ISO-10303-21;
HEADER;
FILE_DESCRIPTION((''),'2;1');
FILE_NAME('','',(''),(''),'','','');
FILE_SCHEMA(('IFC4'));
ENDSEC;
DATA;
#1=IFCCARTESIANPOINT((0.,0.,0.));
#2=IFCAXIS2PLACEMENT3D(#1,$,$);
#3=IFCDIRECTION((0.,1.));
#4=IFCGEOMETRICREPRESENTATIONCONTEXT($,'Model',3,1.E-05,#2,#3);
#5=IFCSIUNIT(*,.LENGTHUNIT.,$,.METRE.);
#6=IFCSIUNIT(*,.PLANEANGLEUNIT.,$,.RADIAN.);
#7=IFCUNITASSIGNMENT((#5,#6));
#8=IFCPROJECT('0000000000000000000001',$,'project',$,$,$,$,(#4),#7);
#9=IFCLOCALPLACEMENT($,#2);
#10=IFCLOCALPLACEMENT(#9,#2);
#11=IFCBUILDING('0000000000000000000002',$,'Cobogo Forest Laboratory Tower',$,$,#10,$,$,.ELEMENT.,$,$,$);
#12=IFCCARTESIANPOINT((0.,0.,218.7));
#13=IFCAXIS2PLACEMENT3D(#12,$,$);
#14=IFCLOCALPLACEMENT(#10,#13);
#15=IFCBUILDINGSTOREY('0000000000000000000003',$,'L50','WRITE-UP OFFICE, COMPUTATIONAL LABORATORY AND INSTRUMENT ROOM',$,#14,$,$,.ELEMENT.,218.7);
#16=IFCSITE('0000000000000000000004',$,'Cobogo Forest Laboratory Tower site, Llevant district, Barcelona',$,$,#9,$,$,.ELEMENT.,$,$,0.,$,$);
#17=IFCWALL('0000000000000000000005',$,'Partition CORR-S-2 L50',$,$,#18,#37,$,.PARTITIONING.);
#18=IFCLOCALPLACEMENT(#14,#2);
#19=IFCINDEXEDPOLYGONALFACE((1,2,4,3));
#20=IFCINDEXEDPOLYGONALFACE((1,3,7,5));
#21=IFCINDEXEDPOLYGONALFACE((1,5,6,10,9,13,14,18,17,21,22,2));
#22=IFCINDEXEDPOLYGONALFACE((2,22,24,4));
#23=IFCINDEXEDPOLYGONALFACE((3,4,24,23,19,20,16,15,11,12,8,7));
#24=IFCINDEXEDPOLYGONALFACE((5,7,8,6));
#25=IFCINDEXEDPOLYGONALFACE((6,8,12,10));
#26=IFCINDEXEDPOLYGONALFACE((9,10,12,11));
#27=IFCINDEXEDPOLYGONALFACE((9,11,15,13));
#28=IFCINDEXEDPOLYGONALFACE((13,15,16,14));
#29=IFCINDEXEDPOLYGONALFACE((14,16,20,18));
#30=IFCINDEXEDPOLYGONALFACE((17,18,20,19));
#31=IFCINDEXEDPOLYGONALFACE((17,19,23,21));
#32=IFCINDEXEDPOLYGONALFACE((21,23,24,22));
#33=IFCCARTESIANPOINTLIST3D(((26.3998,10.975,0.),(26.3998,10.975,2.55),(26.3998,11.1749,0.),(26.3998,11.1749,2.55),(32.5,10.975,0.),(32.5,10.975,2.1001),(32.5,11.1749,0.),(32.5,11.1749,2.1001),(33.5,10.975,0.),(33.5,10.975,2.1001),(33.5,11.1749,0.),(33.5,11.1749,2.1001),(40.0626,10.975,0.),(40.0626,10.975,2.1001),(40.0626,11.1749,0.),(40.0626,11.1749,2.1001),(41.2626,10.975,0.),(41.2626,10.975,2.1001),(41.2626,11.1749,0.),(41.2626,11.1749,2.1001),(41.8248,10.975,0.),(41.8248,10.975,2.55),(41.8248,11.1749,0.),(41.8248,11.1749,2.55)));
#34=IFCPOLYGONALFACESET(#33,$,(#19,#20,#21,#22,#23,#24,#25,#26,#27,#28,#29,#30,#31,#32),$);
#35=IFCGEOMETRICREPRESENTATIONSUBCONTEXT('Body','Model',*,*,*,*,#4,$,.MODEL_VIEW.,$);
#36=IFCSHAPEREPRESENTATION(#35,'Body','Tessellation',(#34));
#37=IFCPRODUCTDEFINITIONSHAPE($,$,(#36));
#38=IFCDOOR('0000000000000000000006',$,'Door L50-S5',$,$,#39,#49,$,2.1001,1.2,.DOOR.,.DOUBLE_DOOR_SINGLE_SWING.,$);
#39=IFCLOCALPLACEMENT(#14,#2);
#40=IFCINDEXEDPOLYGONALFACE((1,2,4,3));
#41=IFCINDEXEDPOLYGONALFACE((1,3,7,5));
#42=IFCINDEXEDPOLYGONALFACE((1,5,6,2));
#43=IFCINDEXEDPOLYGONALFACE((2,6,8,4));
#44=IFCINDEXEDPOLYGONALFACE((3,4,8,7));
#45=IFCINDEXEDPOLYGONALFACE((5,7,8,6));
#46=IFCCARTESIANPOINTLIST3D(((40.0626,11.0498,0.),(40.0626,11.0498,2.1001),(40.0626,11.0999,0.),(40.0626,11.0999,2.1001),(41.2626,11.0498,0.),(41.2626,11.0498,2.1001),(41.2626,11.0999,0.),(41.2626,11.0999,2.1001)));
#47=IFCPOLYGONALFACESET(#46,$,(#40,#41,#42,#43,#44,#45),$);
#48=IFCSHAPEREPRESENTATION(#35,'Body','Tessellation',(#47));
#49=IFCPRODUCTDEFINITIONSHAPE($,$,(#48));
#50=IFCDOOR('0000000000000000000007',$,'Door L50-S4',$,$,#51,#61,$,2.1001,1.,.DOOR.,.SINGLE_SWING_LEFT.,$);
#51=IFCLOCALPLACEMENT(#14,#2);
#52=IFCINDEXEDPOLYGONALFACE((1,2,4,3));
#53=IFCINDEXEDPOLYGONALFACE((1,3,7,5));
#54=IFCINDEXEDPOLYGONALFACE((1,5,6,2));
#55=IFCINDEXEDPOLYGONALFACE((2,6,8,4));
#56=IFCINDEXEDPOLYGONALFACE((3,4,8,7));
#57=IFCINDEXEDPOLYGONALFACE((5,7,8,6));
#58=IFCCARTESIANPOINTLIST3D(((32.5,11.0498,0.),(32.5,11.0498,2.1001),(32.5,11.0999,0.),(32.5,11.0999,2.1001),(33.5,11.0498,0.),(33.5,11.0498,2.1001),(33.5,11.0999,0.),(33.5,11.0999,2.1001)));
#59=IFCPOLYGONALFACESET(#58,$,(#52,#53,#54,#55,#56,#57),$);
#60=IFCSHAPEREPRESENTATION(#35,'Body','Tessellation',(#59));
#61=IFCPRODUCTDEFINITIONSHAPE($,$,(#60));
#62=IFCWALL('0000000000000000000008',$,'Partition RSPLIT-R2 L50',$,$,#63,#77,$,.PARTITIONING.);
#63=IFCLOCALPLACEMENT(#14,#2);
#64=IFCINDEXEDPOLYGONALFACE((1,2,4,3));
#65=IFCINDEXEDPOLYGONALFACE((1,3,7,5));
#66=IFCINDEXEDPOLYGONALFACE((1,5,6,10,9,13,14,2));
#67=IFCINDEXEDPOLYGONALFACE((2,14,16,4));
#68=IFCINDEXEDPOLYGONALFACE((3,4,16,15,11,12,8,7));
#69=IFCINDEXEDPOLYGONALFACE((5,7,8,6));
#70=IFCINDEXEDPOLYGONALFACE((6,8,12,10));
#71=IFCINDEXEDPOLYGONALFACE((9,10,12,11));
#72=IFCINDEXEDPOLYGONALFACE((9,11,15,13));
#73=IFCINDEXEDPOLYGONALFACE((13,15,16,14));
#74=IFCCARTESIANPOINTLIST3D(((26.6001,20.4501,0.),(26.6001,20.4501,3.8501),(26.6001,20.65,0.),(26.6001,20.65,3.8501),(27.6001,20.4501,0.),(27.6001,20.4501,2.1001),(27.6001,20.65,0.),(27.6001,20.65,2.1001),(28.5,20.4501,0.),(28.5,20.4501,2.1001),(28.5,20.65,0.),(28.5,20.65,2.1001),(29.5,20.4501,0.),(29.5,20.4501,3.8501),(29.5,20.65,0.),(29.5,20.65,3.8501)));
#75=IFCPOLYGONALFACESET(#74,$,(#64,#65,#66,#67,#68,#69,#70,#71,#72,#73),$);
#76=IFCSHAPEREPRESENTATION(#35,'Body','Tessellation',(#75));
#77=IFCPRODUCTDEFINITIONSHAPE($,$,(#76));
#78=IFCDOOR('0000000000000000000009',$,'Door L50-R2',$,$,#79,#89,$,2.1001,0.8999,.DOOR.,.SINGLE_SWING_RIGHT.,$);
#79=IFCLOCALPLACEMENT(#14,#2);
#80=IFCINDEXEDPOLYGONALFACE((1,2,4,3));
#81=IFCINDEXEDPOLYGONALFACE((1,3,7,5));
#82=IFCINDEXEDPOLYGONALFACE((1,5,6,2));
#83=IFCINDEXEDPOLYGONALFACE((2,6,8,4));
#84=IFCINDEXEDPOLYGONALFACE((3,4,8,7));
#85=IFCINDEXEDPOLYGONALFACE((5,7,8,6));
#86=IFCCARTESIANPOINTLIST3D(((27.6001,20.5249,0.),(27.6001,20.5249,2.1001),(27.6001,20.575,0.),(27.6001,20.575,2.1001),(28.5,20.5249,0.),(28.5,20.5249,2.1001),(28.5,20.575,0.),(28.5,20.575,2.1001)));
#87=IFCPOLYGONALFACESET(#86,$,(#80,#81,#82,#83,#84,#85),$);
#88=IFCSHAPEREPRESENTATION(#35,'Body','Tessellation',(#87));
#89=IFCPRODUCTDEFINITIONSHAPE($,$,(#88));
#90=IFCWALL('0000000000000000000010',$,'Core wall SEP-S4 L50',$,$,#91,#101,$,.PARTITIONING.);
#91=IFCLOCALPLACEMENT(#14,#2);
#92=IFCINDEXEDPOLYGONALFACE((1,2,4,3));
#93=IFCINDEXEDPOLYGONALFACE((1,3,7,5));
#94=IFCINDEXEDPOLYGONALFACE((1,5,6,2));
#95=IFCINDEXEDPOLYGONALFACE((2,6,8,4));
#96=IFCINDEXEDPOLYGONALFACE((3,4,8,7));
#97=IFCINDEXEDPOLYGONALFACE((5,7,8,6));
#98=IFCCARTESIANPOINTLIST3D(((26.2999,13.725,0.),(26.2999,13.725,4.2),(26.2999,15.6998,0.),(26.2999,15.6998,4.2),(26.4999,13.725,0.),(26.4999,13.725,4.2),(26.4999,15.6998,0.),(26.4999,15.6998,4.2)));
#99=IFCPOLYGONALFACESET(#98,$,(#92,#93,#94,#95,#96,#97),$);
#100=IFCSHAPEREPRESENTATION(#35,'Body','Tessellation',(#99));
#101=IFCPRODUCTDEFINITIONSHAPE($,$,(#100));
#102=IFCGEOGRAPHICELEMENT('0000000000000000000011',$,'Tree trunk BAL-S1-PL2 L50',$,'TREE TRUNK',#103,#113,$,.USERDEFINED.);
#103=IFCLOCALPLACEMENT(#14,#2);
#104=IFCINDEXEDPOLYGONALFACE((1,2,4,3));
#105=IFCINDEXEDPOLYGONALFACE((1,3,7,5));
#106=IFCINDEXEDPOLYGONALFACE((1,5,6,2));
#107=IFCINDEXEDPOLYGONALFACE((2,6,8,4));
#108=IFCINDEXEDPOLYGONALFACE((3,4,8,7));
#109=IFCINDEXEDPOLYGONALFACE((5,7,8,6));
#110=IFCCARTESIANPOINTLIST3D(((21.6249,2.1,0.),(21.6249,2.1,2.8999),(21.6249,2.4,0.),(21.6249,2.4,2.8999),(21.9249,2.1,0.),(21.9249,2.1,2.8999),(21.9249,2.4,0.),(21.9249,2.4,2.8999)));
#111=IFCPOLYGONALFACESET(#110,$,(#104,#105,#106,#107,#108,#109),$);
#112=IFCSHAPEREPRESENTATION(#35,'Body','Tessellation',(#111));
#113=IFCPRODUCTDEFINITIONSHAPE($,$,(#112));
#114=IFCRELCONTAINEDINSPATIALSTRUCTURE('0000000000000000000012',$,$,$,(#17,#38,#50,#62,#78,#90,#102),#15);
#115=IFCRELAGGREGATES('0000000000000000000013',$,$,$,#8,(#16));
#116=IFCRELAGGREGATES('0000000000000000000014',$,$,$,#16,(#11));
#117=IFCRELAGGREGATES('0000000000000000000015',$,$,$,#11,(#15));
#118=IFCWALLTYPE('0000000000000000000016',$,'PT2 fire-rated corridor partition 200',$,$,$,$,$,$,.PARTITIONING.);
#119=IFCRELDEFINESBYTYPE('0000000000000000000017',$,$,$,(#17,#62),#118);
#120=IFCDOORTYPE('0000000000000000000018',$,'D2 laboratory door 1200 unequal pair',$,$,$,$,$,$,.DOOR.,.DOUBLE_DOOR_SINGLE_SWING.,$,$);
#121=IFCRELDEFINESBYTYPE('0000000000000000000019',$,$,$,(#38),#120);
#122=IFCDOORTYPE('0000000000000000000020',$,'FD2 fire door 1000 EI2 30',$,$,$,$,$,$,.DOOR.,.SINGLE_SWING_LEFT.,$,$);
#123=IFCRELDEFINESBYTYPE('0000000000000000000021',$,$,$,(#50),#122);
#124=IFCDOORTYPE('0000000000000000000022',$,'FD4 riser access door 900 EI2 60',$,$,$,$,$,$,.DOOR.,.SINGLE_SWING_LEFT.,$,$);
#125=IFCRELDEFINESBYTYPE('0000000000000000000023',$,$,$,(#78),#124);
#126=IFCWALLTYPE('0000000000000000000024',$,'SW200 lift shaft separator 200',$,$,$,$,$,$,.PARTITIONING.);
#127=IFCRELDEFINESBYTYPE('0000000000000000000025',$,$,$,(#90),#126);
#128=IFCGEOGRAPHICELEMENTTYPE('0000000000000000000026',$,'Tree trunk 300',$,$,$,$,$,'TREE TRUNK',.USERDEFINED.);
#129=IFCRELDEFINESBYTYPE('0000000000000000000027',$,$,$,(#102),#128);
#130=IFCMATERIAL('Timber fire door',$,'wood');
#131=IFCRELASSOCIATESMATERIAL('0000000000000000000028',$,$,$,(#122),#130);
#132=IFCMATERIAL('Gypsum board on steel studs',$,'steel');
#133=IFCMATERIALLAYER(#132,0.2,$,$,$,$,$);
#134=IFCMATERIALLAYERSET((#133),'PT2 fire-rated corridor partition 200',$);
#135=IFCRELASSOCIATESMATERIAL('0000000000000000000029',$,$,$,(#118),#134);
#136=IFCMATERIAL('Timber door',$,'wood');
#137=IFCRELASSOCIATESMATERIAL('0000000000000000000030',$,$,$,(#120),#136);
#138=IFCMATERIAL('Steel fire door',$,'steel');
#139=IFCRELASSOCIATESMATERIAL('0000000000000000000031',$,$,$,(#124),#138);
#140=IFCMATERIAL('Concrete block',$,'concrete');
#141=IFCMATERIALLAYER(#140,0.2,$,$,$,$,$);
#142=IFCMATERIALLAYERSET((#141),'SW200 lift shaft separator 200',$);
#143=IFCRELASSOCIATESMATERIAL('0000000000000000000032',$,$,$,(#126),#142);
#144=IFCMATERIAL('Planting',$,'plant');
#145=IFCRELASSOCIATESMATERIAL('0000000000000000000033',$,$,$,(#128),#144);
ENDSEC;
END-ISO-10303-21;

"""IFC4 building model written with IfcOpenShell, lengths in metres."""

from ifc_helpers import new_model, si_unit, direction, frame, frame_2d, origin, origin_2d, place, context, subcontext, project, spatial, rectangle, extrude, material, layer, layer_set, type_object, element, fill, save


model = new_model("IFC4")

# Units and contexts
model_context = context("Model", 3, precision=1e-05, world=origin(), true_north=direction((0.0, 1.0)))
body_context = subcontext(model_context, "Body", "Model", "MODEL_VIEW")
ifc_project = project(units=[si_unit("LENGTHUNIT", "METRE"), si_unit("PLANEANGLEUNIT", "RADIAN")], contexts=[model_context])

# Site, building, storey
site_placement = place(None, origin())
site = spatial("IfcSite", under=ifc_project, at=site_placement, Name="Cobogo Forest Laboratory Tower site, Llevant district, Barcelona", CompositionType="ELEMENT", RefElevation=0.0)
building_placement = place(site_placement, origin())
building = spatial("IfcBuilding", under=site, at=building_placement, Name="Cobogo Forest Laboratory Tower", CompositionType="ELEMENT")
storey_placement = place(building_placement, frame((0.0, 0.0, 218.7)))
storey = spatial("IfcBuildingStorey", under=building, at=storey_placement, Name="L50", Description="WRITE-UP OFFICE, COMPUTATIONAL LABORATORY AND INSTRUMENT ROOM", CompositionType="ELEMENT", Elevation=218.7)

# Shared definitions
ifc_material_1 = material(Name="Gypsum board on steel studs", Category="steel")
ifc_material_2 = material(Name="Timber fire door", Category="wood")
door_type_1 = type_object("IfcDoorType", Name="FD2 fire door 1000 EI2 30", OperationType="SINGLE_SWING_LEFT", PredefinedType="DOOR", material=ifc_material_2)

# Wall, openings, doors
ifc_layer_1 = layer(ifc_material_1, 0.2)
ifc_layer_set_1 = layer_set([ifc_layer_1], Name="PT2 fire-rated corridor partition 200")
wall_type_1 = type_object("IfcWallType", Name="PT2 fire-rated corridor partition 200", PredefinedType="PARTITIONING", material=ifc_layer_set_1)
wall_1_placement = place(storey_placement, frame((26.3999, 11.075, 0.0), z_axis=(0.0, 0.0, 1.0), x_axis=(1.0, 0.0, 0.0)))
wall_1 = element("IfcWall", 1, at=wall_1_placement, inside=storey, type_object=wall_type_1, Name="Partition CORR-S-2 L50", PredefinedType="PARTITIONING", context=body_context, shape_type="SweptSolid", body=[
    extrude(rectangle(XDim=15.425, YDim=0.2, at=frame_2d((7.7124, 0.0))), origin(), (0.0, 0.0, 1.0), 2.55),
])
opening_1_placement = place(wall_1_placement, frame((6.1001, 0.0, 0.0)))
opening_1 = element("IfcOpeningElement", 2, at=opening_1_placement, cuts=wall_1, PredefinedType="OPENING", context=body_context, shape_type="SweptSolid", body=[
    extrude(rectangle(XDim=1.0, YDim=2.1001, at=frame_2d((0.5, 1.05))), frame((0.0, 0.1099, 0.0), z_axis=(0.0, -1.0, 0.0), x_axis=(1.0, 0.0, 0.0)), (0.0, 0.0, 1.0), 0.22),
])
opening_2_placement = place(wall_1_placement, frame((13.6626, 0.0, 0.0)))
opening_2 = element("IfcOpeningElement", 3, at=opening_2_placement, cuts=wall_1, PredefinedType="OPENING", context=body_context, shape_type="SweptSolid", body=[
    extrude(rectangle(XDim=1.2, YDim=2.1001, at=frame_2d((0.6001, 1.05))), frame((0.0, 0.1099, 0.0), z_axis=(0.0, -1.0, 0.0), x_axis=(1.0, 0.0, 0.0)), (0.0, 0.0, 1.0), 0.22),
])
ifc_material_3 = material(Name="Timber door", Category="wood")
door_type_2 = type_object("IfcDoorType", Name="D2 laboratory door 1200 unequal pair", OperationType="DOUBLE_DOOR_SINGLE_SWING", PredefinedType="DOOR", material=ifc_material_3)
door_1_placement = place(opening_2_placement, origin())
door_1 = element("IfcDoor", 4, at=door_1_placement, inside=storey, type_object=door_type_2, Name="Door L50-S5", OperationType="DOUBLE_DOOR_SINGLE_SWING", OverallHeight=2.1001, OverallWidth=1.2, PredefinedType="DOOR", context=body_context, shape_type="SweptSolid", body=[
    extrude(rectangle(XDim=1.2, YDim=2.1001, at=frame_2d((0.6001, 1.05))), frame((0.0, 0.0249, 0.0), z_axis=(0.0, -1.0, 0.0), x_axis=(1.0, 0.0, 0.0)), (0.0, 0.0, 1.0), 0.05),
])
fill(opening_2, door_1)
door_2_placement = place(opening_1_placement, origin())
door_2 = element("IfcDoor", 5, at=door_2_placement, inside=storey, type_object=door_type_1, Name="Door L50-S4", OperationType="SINGLE_SWING_LEFT", OverallHeight=2.1001, OverallWidth=1.0, PredefinedType="DOOR", context=body_context, shape_type="SweptSolid", body=[
    extrude(rectangle(XDim=1.0, YDim=2.1001, at=frame_2d((0.5, 1.05))), frame((0.0, 0.0249, 0.0), z_axis=(0.0, -1.0, 0.0), x_axis=(1.0, 0.0, 0.0)), (0.0, 0.0, 1.0), 0.05),
])
fill(opening_1, door_2)

# Wall, opening, door
wall_2_placement = place(storey_placement, frame((26.6001, 20.55, 0.0), z_axis=(0.0, 0.0, 1.0), x_axis=(1.0, 0.0, 0.0)))
wall_2 = element("IfcWall", 6, at=wall_2_placement, inside=storey, type_object=wall_type_1, Name="Partition RSPLIT-R2 L50", PredefinedType="PARTITIONING", context=body_context, shape_type="SweptSolid", body=[
    extrude(rectangle(XDim=2.8999, YDim=0.2, at=frame_2d((1.45, 0.0))), origin(), (0.0, 0.0, 1.0), 3.8501),
])
opening_3_placement = place(wall_2_placement, frame((1.0, 0.0, 0.0)))
opening_3 = element("IfcOpeningElement", 7, at=opening_3_placement, cuts=wall_2, PredefinedType="OPENING", context=body_context, shape_type="SweptSolid", body=[
    extrude(rectangle(XDim=0.8999, YDim=2.1001, at=frame_2d((0.45, 1.05))), frame((0.0, 0.1099, 0.0), z_axis=(0.0, -1.0, 0.0), x_axis=(1.0, 0.0, 0.0)), (0.0, 0.0, 1.0), 0.22),
])
ifc_material_4 = material(Name="Steel fire door", Category="steel")
door_type_3 = type_object("IfcDoorType", Name="FD4 riser access door 900 EI2 60", OperationType="SINGLE_SWING_LEFT", PredefinedType="DOOR", material=ifc_material_4)
door_3_placement = place(opening_3_placement, origin())
door_3 = element("IfcDoor", 8, at=door_3_placement, inside=storey, type_object=door_type_3, Name="Door L50-R2", OperationType="SINGLE_SWING_RIGHT", OverallHeight=2.1001, OverallWidth=0.8999, PredefinedType="DOOR", context=body_context, shape_type="SweptSolid", body=[
    extrude(rectangle(XDim=0.8999, YDim=2.1001, at=frame_2d((0.45, 1.05))), frame((0.0, 0.0249, 0.0), z_axis=(0.0, -1.0, 0.0), x_axis=(1.0, 0.0, 0.0)), (0.0, 0.0, 1.0), 0.05),
])
fill(opening_3, door_3)

# Wall
ifc_material_5 = material(Name="Concrete block", Category="concrete")
ifc_layer_2 = layer(ifc_material_5, 0.2)
ifc_layer_set_2 = layer_set([ifc_layer_2], Name="SW200 lift shaft separator 200")
wall_type_2 = type_object("IfcWallType", Name="SW200 lift shaft separator 200", PredefinedType="PARTITIONING", material=ifc_layer_set_2)
wall_3_placement = place(storey_placement, frame((26.3999, 13.7251, 0.0), z_axis=(0.0, 0.0, 1.0), x_axis=(0.0, 1.0, 0.0)))
element("IfcWall", 9, at=wall_3_placement, inside=storey, type_object=wall_type_2, Name="Core wall SEP-S4 L50", PredefinedType="PARTITIONING", context=body_context, shape_type="SweptSolid", body=[
    extrude(rectangle(XDim=1.9749, YDim=0.2, at=frame_2d((0.9873, 0.0))), origin(), (0.0, 0.0, 1.0), 4.2),
])

# Geographic element
ifc_material_6 = material(Name="Planting", Category="plant")
geographic_element_type = type_object("IfcGeographicElementType", Name="Tree trunk 300", ElementType="TREE TRUNK", PredefinedType="USERDEFINED", material=ifc_material_6)
geographic_element_placement = place(storey_placement, frame((21.7749, 2.25, 0.0), z_axis=(0.0, 0.0, 1.0), x_axis=(1.0, 0.0, 0.0)))
element("IfcGeographicElement", 10, at=geographic_element_placement, inside=storey, type_object=geographic_element_type, Name="Tree trunk BAL-S1-PL2 L50", ObjectType="TREE TRUNK", PredefinedType="USERDEFINED", context=body_context, shape_type="SweptSolid", body=[
    extrude(rectangle(XDim=0.3, YDim=0.3, at=origin_2d()), origin(), (0.0, 0.0, 1.0), 2.8999),
])

save(model, "model.ifc")
